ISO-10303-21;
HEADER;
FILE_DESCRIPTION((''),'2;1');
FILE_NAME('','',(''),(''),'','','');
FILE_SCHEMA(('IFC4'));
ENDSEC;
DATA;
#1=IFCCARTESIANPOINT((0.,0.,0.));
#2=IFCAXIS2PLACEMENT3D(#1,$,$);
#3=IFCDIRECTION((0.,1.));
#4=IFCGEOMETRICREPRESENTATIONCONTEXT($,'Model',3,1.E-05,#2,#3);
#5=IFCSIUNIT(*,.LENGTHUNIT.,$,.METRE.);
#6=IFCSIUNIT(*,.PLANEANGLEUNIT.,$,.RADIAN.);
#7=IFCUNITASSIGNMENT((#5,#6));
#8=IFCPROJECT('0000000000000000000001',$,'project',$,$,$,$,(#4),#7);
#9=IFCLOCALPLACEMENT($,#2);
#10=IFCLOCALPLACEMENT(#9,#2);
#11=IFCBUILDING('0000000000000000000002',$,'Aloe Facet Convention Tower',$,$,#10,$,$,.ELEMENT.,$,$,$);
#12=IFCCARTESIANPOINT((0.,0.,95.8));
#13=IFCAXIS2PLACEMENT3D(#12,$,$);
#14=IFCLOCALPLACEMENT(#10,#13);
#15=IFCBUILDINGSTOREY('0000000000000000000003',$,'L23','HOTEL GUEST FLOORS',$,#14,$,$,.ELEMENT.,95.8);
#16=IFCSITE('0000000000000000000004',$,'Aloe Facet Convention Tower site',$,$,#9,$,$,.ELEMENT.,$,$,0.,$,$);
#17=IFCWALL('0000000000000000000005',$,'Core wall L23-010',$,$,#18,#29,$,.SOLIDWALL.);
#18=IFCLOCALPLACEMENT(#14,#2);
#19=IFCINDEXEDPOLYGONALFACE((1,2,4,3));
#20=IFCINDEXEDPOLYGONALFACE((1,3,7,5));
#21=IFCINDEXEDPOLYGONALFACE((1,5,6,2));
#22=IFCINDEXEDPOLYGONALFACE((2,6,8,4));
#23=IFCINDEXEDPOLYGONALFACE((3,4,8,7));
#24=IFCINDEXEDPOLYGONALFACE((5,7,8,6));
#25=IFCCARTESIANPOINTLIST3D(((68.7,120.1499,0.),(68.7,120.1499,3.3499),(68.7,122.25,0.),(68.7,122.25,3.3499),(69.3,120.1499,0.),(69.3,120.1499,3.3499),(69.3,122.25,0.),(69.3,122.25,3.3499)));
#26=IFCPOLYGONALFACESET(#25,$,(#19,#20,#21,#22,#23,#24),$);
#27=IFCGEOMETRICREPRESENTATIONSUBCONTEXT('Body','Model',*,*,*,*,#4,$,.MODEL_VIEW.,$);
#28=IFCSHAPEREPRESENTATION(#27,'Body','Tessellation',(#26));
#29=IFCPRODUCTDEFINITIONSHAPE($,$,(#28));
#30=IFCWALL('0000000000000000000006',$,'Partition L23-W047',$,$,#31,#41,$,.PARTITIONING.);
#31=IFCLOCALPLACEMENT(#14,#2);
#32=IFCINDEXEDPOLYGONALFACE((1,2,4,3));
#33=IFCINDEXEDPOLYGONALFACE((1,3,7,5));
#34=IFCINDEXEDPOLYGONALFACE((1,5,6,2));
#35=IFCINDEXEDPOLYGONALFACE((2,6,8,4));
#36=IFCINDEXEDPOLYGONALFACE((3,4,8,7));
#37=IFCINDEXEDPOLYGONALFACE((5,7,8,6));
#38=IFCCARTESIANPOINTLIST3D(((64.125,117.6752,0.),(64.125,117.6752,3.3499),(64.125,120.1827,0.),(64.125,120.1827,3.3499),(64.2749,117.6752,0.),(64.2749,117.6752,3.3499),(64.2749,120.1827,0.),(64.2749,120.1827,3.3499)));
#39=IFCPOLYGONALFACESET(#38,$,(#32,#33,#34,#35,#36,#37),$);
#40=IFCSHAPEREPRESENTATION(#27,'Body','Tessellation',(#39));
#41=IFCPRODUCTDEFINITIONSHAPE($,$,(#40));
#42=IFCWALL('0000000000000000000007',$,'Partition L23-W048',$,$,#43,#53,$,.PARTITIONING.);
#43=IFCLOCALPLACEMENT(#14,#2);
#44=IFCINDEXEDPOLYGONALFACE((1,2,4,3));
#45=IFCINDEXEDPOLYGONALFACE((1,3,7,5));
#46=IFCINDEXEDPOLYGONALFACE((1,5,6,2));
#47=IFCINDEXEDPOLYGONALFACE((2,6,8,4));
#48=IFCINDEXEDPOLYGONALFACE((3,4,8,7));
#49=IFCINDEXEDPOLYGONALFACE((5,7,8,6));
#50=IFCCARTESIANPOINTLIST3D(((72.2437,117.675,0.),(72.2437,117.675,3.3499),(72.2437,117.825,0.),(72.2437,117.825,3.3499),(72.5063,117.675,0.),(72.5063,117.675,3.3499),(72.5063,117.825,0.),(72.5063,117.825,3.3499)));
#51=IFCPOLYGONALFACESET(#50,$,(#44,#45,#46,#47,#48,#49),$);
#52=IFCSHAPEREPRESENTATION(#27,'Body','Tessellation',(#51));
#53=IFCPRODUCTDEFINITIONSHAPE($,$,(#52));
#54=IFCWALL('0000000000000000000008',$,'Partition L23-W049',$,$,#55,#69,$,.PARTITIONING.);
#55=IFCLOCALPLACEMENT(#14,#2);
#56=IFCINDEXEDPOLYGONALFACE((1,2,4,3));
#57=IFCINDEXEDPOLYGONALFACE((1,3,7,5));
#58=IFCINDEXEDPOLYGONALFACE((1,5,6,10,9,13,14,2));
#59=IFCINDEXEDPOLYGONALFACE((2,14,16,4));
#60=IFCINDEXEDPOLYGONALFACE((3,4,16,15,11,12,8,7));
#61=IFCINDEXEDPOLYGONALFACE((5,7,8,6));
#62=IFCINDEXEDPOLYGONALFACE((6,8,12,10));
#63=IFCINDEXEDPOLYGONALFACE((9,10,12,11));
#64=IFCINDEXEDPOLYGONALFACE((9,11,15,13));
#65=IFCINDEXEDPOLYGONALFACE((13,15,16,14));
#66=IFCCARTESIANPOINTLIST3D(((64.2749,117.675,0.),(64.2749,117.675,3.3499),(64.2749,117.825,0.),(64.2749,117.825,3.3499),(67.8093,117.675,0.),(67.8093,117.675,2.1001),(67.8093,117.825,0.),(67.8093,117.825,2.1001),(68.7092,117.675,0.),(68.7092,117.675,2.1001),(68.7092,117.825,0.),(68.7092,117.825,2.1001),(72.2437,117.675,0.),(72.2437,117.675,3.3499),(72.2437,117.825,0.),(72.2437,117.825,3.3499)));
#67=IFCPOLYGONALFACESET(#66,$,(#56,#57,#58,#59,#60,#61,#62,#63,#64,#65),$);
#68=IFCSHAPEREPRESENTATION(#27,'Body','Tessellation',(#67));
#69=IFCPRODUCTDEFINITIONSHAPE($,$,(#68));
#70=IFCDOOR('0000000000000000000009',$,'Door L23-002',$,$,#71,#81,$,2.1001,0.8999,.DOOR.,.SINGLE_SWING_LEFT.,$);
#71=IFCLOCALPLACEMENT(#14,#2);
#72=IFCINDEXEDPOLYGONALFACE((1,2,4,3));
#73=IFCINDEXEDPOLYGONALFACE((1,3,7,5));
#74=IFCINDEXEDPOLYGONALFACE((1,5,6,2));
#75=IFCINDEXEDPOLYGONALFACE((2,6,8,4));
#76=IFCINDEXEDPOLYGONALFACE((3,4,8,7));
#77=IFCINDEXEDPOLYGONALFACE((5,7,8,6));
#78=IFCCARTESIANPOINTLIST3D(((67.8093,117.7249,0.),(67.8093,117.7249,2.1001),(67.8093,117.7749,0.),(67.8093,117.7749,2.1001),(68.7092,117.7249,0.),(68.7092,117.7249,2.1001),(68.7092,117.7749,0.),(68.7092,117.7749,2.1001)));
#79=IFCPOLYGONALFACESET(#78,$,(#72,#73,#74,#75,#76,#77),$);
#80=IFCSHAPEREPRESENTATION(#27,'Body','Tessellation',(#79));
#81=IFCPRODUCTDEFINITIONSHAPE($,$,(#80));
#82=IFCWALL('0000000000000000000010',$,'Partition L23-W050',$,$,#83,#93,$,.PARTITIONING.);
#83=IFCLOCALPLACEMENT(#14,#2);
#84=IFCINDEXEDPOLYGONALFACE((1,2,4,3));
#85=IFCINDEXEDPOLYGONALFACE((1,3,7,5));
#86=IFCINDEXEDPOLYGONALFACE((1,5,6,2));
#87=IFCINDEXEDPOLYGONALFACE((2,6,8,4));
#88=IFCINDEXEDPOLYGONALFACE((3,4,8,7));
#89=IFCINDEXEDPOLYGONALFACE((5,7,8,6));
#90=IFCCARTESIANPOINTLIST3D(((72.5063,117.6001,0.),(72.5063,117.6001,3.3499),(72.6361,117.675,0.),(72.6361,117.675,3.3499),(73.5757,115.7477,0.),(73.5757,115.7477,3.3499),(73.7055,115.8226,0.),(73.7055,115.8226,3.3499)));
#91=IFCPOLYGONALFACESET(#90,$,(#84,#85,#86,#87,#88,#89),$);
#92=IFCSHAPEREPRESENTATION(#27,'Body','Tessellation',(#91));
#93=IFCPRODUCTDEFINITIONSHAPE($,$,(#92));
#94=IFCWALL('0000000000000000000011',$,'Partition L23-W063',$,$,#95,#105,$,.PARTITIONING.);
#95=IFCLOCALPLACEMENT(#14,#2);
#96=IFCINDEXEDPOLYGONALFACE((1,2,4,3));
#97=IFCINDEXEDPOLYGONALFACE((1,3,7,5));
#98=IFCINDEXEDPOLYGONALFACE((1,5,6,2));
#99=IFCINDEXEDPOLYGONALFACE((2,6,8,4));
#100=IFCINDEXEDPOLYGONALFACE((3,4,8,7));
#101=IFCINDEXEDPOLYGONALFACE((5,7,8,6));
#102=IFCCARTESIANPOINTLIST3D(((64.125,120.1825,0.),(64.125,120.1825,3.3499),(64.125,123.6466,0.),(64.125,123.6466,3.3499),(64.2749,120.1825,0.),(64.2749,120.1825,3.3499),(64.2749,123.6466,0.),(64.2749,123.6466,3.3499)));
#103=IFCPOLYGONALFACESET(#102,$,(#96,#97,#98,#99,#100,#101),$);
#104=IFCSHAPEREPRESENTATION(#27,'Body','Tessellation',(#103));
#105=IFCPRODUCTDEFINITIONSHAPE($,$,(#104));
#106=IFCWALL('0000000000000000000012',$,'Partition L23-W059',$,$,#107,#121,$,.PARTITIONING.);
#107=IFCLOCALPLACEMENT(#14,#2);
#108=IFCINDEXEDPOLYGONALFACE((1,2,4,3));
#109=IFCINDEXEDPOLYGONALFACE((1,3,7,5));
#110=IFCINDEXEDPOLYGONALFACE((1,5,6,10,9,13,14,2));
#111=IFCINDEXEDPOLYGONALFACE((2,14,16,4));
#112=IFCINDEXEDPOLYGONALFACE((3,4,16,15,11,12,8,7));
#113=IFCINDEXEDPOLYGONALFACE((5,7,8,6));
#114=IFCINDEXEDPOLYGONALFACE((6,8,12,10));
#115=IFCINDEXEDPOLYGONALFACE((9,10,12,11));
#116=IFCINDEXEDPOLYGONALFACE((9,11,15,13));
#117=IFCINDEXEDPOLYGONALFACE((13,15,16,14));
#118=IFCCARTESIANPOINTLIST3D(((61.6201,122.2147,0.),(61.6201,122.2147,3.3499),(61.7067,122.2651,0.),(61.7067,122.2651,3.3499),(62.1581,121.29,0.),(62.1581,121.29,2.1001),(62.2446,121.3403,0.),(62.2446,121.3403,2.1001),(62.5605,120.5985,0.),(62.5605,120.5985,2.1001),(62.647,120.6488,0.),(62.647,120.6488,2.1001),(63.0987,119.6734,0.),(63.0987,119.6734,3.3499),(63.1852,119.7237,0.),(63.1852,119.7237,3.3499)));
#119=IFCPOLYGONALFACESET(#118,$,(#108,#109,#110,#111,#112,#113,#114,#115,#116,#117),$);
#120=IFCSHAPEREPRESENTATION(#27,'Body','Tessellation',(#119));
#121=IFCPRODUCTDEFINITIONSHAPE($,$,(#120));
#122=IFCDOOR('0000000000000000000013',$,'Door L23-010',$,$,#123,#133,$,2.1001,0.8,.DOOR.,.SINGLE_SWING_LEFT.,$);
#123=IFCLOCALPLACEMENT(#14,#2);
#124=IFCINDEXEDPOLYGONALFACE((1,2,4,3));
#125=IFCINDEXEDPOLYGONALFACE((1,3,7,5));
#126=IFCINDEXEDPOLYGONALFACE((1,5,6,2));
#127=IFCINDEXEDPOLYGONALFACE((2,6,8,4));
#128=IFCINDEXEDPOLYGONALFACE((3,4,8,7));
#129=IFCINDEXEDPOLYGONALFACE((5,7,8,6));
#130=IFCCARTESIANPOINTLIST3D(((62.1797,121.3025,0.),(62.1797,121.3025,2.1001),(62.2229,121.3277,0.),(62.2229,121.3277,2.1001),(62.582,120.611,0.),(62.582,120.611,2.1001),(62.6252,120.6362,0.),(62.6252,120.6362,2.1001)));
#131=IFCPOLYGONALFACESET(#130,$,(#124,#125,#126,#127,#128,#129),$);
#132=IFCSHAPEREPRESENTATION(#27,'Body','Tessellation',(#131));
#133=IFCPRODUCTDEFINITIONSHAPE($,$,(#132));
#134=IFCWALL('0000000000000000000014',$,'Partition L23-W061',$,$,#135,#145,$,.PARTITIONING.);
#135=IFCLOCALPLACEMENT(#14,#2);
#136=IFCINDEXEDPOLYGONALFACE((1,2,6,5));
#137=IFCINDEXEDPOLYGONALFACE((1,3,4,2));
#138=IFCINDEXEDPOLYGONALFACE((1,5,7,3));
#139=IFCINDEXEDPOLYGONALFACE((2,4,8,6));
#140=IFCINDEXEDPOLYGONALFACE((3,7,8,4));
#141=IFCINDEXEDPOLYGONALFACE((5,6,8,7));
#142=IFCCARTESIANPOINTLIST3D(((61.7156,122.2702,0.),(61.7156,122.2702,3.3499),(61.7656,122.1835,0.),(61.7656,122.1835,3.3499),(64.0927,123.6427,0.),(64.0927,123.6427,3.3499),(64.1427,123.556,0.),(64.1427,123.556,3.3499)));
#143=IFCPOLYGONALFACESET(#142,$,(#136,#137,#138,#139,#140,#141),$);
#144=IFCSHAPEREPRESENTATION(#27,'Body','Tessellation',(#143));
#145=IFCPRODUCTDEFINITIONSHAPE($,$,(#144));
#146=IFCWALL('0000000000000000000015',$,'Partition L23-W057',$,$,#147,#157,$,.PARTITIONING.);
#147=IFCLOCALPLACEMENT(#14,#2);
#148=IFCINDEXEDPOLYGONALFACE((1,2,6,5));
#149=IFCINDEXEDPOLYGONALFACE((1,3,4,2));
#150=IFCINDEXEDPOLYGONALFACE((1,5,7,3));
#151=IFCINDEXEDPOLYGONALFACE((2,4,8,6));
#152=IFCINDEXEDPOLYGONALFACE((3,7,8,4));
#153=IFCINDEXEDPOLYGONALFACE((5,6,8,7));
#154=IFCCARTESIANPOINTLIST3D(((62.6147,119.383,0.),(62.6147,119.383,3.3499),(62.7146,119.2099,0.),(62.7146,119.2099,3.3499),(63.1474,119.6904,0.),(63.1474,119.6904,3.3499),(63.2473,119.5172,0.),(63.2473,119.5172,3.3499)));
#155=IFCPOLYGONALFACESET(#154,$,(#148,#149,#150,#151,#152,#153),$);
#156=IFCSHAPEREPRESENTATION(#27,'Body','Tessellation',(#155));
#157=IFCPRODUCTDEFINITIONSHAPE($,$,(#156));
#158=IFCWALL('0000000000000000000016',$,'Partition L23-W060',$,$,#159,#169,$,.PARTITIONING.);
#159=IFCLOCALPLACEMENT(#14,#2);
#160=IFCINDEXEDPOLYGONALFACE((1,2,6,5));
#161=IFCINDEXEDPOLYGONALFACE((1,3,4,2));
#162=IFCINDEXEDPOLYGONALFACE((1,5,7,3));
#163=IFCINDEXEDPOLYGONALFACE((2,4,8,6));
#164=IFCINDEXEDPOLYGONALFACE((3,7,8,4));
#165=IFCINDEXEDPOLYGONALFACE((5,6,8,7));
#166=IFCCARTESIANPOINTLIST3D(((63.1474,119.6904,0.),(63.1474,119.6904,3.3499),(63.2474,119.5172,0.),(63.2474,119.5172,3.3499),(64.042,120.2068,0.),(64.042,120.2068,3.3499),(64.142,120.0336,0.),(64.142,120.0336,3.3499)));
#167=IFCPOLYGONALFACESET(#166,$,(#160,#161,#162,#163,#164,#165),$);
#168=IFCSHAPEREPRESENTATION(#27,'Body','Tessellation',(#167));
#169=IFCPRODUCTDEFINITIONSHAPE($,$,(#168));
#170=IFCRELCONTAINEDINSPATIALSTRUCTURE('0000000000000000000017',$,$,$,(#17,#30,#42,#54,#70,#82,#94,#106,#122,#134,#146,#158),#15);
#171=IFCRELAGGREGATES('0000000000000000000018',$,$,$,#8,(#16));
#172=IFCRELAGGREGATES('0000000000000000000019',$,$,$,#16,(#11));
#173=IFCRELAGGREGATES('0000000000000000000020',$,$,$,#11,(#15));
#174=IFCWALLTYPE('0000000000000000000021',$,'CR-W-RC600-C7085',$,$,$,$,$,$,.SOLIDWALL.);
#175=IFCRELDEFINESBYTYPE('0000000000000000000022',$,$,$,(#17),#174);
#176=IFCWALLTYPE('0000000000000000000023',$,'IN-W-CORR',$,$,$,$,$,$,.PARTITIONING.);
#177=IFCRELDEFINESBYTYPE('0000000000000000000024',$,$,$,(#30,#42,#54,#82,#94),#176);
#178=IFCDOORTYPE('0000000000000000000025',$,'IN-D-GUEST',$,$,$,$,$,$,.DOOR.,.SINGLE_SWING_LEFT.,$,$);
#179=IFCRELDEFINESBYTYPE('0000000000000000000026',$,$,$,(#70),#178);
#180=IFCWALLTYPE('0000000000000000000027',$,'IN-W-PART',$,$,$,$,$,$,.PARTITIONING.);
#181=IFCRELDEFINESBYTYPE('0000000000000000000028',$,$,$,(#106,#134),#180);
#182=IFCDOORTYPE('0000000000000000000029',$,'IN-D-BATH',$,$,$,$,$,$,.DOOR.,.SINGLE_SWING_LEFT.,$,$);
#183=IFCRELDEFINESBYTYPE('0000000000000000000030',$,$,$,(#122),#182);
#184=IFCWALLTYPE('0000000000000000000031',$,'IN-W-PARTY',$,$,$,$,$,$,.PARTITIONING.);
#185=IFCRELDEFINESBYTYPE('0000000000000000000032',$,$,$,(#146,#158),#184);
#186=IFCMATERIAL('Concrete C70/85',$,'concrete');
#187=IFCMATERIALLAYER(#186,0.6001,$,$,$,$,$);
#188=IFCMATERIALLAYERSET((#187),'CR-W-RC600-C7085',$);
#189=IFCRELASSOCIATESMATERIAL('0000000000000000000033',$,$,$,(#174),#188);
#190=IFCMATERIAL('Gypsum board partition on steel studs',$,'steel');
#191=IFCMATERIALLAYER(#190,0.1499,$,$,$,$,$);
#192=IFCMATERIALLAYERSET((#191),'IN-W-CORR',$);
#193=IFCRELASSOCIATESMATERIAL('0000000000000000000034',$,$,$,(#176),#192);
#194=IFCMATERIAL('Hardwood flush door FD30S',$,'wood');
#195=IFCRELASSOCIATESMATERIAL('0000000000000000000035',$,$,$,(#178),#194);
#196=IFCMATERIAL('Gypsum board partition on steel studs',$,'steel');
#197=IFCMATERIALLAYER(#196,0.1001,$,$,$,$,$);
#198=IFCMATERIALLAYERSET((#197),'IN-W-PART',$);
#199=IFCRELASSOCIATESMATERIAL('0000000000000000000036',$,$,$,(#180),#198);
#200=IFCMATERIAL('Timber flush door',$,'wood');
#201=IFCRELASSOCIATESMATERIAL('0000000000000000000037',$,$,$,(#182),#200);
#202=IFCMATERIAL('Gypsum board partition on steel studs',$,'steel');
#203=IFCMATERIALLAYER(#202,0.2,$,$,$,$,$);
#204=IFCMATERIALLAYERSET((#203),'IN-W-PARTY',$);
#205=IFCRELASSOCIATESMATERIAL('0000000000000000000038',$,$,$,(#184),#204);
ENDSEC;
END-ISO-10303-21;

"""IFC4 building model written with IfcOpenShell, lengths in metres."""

from ifc_helpers import new_model, si_unit, direction, frame, frame_2d, origin, place, context, subcontext, project, spatial, rectangle, extrude, material, layer, layer_set, type_object, element, fill, save


model = new_model("IFC4")

# Units and contexts
model_context = context("Model", 3, precision=1e-05, world=origin(), true_north=direction((0.0, 1.0)))
body_context = subcontext(model_context, "Body", "Model", "MODEL_VIEW")
ifc_project = project(units=[si_unit("LENGTHUNIT", "METRE"), si_unit("PLANEANGLEUNIT", "RADIAN")], contexts=[model_context])

# Site, building, storey
site_placement = place(None, origin())
site = spatial("IfcSite", under=ifc_project, at=site_placement, Name="Aloe Facet Convention Tower site", CompositionType="ELEMENT", RefElevation=0.0)
building_placement = place(site_placement, origin())
building = spatial("IfcBuilding", under=site, at=building_placement, Name="Aloe Facet Convention Tower", CompositionType="ELEMENT")
storey_placement = place(building_placement, frame((0.0, 0.0, 95.8)))
storey = spatial("IfcBuildingStorey", under=building, at=storey_placement, Name="L23", Description="HOTEL GUEST FLOORS", CompositionType="ELEMENT", Elevation=95.8)

# Shared definitions
ifc_material_1 = material(Name="Concrete C70/85", Category="concrete")
ifc_layer_1 = layer(ifc_material_1, 0.6001)
ifc_layer_set_1 = layer_set([ifc_layer_1], Name="CR-W-RC600-C7085")
wall_type_1 = type_object("IfcWallType", Name="CR-W-RC600-C7085", PredefinedType="SOLIDWALL", material=ifc_layer_set_1)

# Walls
wall_1_placement = place(storey_placement, frame((69.0, 122.25, 0.0), z_axis=(0.0, 0.0, 1.0), x_axis=(0.0, -1.0, 0.0)))
element("IfcWall", 1, at=wall_1_placement, inside=storey, type_object=wall_type_1, Name="Core wall L23-010", PredefinedType="SOLIDWALL", context=body_context, shape_type="SweptSolid", body=[
    extrude(rectangle(XDim=2.1001, YDim=0.6001, at=frame_2d((1.05, 0.0))), origin(), (0.0, 0.0, 1.0), 3.3499),
])
ifc_material_2 = material(Name="Gypsum board partition on steel studs", Category="steel")
ifc_layer_2 = layer(ifc_material_2, 0.1499)
ifc_layer_set_2 = layer_set([ifc_layer_2], Name="IN-W-CORR")
wall_type_2 = type_object("IfcWallType", Name="IN-W-CORR", PredefinedType="PARTITIONING", material=ifc_layer_set_2)
wall_2_placement = place(storey_placement, frame((64.2, 117.675, 0.0), z_axis=(0.0, 0.0, 1.0), x_axis=(0.0, 1.0, 0.0)))
element("IfcWall", 2, at=wall_2_placement, inside=storey, type_object=wall_type_2, Name="Partition L23-W047", PredefinedType="PARTITIONING", context=body_context, shape_type="SweptSolid", body=[
    extrude(rectangle(XDim=2.5076, YDim=0.1499, at=frame_2d((1.2539, 0.0))), origin(), (0.0, 0.0, 1.0), 3.3499),
])
wall_3_placement = place(storey_placement, frame((72.2437, 117.75, 0.0), z_axis=(0.0, 0.0, 1.0), x_axis=(1.0, 0.0, 0.0)))
element("IfcWall", 3, at=wall_3_placement, inside=storey, type_object=wall_type_2, Name="Partition L23-W048", PredefinedType="PARTITIONING", context=body_context, shape_type="SweptSolid", body=[
    extrude(rectangle(XDim=0.2627, YDim=0.1499, at=frame_2d((0.1313, 0.0))), origin(), (0.0, 0.0, 1.0), 3.3499),
])

# Wall, opening, door
wall_4_placement = place(storey_placement, frame((64.2749, 117.75, 0.0), z_axis=(0.0, 0.0, 1.0), x_axis=(1.0, 0.0, 0.0)))
wall_4 = element("IfcWall", 4, at=wall_4_placement, inside=storey, type_object=wall_type_2, Name="Partition L23-W049", PredefinedType="PARTITIONING", context=body_context, shape_type="SweptSolid", body=[
    extrude(rectangle(XDim=7.9688, YDim=0.1499, at=frame_2d((3.9844, 0.0))), origin(), (0.0, 0.0, 1.0), 3.3499),
])
opening_1_placement = place(wall_4_placement, frame((3.5344, 0.0, 0.0)))
opening_1 = element("IfcOpeningElement", 5, at=opening_1_placement, cuts=wall_4, PredefinedType="OPENING", context=body_context, shape_type="SweptSolid", body=[
    extrude(rectangle(XDim=0.8999, YDim=2.1001, at=frame_2d((0.45, 1.05))), frame((0.0, 0.085, 0.0), z_axis=(0.0, -1.0, 0.0), x_axis=(1.0, 0.0, 0.0)), (0.0, 0.0, 1.0), 0.1699),
])
ifc_material_3 = material(Name="Hardwood flush door FD30S", Category="wood")
door_type_1 = type_object("IfcDoorType", Name="IN-D-GUEST", OperationType="SINGLE_SWING_LEFT", PredefinedType="DOOR", material=ifc_material_3)
door_1_placement = place(opening_1_placement, origin())
door_1 = element("IfcDoor", 6, at=door_1_placement, inside=storey, type_object=door_type_1, Name="Door L23-002", OperationType="SINGLE_SWING_LEFT", OverallHeight=2.1001, OverallWidth=0.8999, PredefinedType="DOOR", context=body_context, shape_type="SweptSolid", body=[
    extrude(rectangle(XDim=0.8999, YDim=2.1001, at=frame_2d((0.45, 1.05))), frame((0.0, 0.0249, 0.0), z_axis=(0.0, -1.0, 0.0), x_axis=(1.0, 0.0, 0.0)), (0.0, 0.0, 1.0), 0.05),
])
fill(opening_1, door_1)

# Walls
wall_5_placement = place(storey_placement, frame((72.5713, 117.6375, 0.0), z_axis=(0.0, 0.0, 1.0), x_axis=(0.499969, -0.866043, 0.0)))
element("IfcWall", 7, at=wall_5_placement, inside=storey, type_object=wall_type_2, Name="Partition L23-W050", PredefinedType="PARTITIONING", context=body_context, shape_type="SweptSolid", body=[
    extrude(rectangle(XDim=2.1389, YDim=0.1499, at=frame_2d((1.0693, 0.0))), origin(), (0.0, 0.0, 1.0), 3.3499),
])
wall_6_placement = place(storey_placement, frame((64.2, 120.1826, 0.0), z_axis=(0.0, 0.0, 1.0), x_axis=(0.0, 1.0, 0.0)))
element("IfcWall", 8, at=wall_6_placement, inside=storey, type_object=wall_type_2, Name="Partition L23-W063", PredefinedType="PARTITIONING", context=body_context, shape_type="SweptSolid", body=[
    extrude(rectangle(XDim=3.4641, YDim=0.1499, at=frame_2d((1.7319, 0.0))), origin(), (0.0, 0.0, 1.0), 3.3499),
])

# Wall, opening, door
ifc_material_4 = material(Name="Gypsum board partition on steel studs", Category="steel")
ifc_layer_3 = layer(ifc_material_4, 0.1001)
ifc_layer_set_3 = layer_set([ifc_layer_3], Name="IN-W-PART")
wall_type_3 = type_object("IfcWallType", Name="IN-W-PART", PredefinedType="PARTITIONING", material=ifc_layer_set_3)
wall_7_placement = place(storey_placement, frame((61.6633, 122.24, 0.0), z_axis=(0.0, 0.0, 1.0), x_axis=(0.502885, -0.864354, 0.0)))
wall_7 = element("IfcWall", 9, at=wall_7_placement, inside=storey, type_object=wall_type_3, Name="Partition L23-W059", PredefinedType="PARTITIONING", context=body_context, shape_type="SweptSolid", body=[
    extrude(rectangle(XDim=2.9402, YDim=0.1001, at=frame_2d((1.4702, 0.0))), origin(), (0.0, 0.0, 1.0), 3.3499),
])
opening_2_placement = place(wall_7_placement, frame((1.0701, 0.0, 0.0)))
opening_2 = element("IfcOpeningElement", 10, at=opening_2_placement, cuts=wall_7, PredefinedType="OPENING", context=body_context, shape_type="SweptSolid", body=[
    extrude(rectangle(XDim=0.8, YDim=2.1001, at=frame_2d((0.3999, 1.05))), frame((0.0, 0.0601, 0.0), z_axis=(0.0, -1.0, 0.0), x_axis=(1.0, 0.0, 0.0)), (0.0, 0.0, 1.0), 0.1201),
])
ifc_material_5 = material(Name="Timber flush door", Category="wood")
door_type_2 = type_object("IfcDoorType", Name="IN-D-BATH", OperationType="SINGLE_SWING_LEFT", PredefinedType="DOOR", material=ifc_material_5)
door_2_placement = place(opening_2_placement, origin())
door_2 = element("IfcDoor", 11, at=door_2_placement, inside=storey, type_object=door_type_2, Name="Door L23-010", OperationType="SINGLE_SWING_LEFT", OverallHeight=2.1001, OverallWidth=0.8, PredefinedType="DOOR", context=body_context, shape_type="SweptSolid", body=[
    extrude(rectangle(XDim=0.8, YDim=2.1001, at=frame_2d((0.3999, 1.05))), frame((0.0, 0.0249, 0.0), z_axis=(0.0, -1.0, 0.0), x_axis=(1.0, 0.0, 0.0)), (0.0, 0.0, 1.0), 0.05),
])
fill(opening_2, door_2)

# Walls
wall_8_placement = place(storey_placement, frame((61.7405, 122.2268, 0.0), z_axis=(0.0, 0.0, 1.0), x_axis=(0.866012, 0.500023, 0.0)))
element("IfcWall", 12, at=wall_8_placement, inside=storey, type_object=wall_type_3, Name="Partition L23-W061", PredefinedType="PARTITIONING", context=body_context, shape_type="SweptSolid", body=[
    extrude(rectangle(XDim=2.7449, YDim=0.1001, at=frame_2d((1.3726, 0.0))), origin(), (0.0, 0.0, 1.0), 3.3499),
])
ifc_material_6 = material(Name="Gypsum board partition on steel studs", Category="steel")
ifc_layer_4 = layer(ifc_material_6, 0.2)
ifc_layer_set_4 = layer_set([ifc_layer_4], Name="IN-W-PARTY")
wall_type_4 = type_object("IfcWallType", Name="IN-W-PARTY", PredefinedType="PARTITIONING", material=ifc_layer_set_4)
wall_9_placement = place(storey_placement, frame((62.6646, 119.2964, 0.0), z_axis=(0.0, 0.0, 1.0), x_axis=(0.866159, 0.499768, 0.0)))
element("IfcWall", 13, at=wall_9_placement, inside=storey, type_object=wall_type_4, Name="Partition L23-W057", PredefinedType="PARTITIONING", context=body_context, shape_type="SweptSolid", body=[
    extrude(rectangle(XDim=0.615, YDim=0.2, at=frame_2d((0.3076, 0.0))), origin(), (0.0, 0.0, 1.0), 3.3499),
])
wall_10_placement = place(storey_placement, frame((63.1973, 119.6038, 0.0), z_axis=(0.0, 0.0, 1.0), x_axis=(0.866068, 0.499927, 0.0)))
element("IfcWall", 14, at=wall_10_placement, inside=storey, type_object=wall_type_4, Name="Partition L23-W060", PredefinedType="PARTITIONING", context=body_context, shape_type="SweptSolid", body=[
    extrude(rectangle(XDim=1.033, YDim=0.2, at=frame_2d((0.5166, 0.0))), origin(), (0.0, 0.0, 1.0), 3.3499),
])

save(model, "model.ifc")
